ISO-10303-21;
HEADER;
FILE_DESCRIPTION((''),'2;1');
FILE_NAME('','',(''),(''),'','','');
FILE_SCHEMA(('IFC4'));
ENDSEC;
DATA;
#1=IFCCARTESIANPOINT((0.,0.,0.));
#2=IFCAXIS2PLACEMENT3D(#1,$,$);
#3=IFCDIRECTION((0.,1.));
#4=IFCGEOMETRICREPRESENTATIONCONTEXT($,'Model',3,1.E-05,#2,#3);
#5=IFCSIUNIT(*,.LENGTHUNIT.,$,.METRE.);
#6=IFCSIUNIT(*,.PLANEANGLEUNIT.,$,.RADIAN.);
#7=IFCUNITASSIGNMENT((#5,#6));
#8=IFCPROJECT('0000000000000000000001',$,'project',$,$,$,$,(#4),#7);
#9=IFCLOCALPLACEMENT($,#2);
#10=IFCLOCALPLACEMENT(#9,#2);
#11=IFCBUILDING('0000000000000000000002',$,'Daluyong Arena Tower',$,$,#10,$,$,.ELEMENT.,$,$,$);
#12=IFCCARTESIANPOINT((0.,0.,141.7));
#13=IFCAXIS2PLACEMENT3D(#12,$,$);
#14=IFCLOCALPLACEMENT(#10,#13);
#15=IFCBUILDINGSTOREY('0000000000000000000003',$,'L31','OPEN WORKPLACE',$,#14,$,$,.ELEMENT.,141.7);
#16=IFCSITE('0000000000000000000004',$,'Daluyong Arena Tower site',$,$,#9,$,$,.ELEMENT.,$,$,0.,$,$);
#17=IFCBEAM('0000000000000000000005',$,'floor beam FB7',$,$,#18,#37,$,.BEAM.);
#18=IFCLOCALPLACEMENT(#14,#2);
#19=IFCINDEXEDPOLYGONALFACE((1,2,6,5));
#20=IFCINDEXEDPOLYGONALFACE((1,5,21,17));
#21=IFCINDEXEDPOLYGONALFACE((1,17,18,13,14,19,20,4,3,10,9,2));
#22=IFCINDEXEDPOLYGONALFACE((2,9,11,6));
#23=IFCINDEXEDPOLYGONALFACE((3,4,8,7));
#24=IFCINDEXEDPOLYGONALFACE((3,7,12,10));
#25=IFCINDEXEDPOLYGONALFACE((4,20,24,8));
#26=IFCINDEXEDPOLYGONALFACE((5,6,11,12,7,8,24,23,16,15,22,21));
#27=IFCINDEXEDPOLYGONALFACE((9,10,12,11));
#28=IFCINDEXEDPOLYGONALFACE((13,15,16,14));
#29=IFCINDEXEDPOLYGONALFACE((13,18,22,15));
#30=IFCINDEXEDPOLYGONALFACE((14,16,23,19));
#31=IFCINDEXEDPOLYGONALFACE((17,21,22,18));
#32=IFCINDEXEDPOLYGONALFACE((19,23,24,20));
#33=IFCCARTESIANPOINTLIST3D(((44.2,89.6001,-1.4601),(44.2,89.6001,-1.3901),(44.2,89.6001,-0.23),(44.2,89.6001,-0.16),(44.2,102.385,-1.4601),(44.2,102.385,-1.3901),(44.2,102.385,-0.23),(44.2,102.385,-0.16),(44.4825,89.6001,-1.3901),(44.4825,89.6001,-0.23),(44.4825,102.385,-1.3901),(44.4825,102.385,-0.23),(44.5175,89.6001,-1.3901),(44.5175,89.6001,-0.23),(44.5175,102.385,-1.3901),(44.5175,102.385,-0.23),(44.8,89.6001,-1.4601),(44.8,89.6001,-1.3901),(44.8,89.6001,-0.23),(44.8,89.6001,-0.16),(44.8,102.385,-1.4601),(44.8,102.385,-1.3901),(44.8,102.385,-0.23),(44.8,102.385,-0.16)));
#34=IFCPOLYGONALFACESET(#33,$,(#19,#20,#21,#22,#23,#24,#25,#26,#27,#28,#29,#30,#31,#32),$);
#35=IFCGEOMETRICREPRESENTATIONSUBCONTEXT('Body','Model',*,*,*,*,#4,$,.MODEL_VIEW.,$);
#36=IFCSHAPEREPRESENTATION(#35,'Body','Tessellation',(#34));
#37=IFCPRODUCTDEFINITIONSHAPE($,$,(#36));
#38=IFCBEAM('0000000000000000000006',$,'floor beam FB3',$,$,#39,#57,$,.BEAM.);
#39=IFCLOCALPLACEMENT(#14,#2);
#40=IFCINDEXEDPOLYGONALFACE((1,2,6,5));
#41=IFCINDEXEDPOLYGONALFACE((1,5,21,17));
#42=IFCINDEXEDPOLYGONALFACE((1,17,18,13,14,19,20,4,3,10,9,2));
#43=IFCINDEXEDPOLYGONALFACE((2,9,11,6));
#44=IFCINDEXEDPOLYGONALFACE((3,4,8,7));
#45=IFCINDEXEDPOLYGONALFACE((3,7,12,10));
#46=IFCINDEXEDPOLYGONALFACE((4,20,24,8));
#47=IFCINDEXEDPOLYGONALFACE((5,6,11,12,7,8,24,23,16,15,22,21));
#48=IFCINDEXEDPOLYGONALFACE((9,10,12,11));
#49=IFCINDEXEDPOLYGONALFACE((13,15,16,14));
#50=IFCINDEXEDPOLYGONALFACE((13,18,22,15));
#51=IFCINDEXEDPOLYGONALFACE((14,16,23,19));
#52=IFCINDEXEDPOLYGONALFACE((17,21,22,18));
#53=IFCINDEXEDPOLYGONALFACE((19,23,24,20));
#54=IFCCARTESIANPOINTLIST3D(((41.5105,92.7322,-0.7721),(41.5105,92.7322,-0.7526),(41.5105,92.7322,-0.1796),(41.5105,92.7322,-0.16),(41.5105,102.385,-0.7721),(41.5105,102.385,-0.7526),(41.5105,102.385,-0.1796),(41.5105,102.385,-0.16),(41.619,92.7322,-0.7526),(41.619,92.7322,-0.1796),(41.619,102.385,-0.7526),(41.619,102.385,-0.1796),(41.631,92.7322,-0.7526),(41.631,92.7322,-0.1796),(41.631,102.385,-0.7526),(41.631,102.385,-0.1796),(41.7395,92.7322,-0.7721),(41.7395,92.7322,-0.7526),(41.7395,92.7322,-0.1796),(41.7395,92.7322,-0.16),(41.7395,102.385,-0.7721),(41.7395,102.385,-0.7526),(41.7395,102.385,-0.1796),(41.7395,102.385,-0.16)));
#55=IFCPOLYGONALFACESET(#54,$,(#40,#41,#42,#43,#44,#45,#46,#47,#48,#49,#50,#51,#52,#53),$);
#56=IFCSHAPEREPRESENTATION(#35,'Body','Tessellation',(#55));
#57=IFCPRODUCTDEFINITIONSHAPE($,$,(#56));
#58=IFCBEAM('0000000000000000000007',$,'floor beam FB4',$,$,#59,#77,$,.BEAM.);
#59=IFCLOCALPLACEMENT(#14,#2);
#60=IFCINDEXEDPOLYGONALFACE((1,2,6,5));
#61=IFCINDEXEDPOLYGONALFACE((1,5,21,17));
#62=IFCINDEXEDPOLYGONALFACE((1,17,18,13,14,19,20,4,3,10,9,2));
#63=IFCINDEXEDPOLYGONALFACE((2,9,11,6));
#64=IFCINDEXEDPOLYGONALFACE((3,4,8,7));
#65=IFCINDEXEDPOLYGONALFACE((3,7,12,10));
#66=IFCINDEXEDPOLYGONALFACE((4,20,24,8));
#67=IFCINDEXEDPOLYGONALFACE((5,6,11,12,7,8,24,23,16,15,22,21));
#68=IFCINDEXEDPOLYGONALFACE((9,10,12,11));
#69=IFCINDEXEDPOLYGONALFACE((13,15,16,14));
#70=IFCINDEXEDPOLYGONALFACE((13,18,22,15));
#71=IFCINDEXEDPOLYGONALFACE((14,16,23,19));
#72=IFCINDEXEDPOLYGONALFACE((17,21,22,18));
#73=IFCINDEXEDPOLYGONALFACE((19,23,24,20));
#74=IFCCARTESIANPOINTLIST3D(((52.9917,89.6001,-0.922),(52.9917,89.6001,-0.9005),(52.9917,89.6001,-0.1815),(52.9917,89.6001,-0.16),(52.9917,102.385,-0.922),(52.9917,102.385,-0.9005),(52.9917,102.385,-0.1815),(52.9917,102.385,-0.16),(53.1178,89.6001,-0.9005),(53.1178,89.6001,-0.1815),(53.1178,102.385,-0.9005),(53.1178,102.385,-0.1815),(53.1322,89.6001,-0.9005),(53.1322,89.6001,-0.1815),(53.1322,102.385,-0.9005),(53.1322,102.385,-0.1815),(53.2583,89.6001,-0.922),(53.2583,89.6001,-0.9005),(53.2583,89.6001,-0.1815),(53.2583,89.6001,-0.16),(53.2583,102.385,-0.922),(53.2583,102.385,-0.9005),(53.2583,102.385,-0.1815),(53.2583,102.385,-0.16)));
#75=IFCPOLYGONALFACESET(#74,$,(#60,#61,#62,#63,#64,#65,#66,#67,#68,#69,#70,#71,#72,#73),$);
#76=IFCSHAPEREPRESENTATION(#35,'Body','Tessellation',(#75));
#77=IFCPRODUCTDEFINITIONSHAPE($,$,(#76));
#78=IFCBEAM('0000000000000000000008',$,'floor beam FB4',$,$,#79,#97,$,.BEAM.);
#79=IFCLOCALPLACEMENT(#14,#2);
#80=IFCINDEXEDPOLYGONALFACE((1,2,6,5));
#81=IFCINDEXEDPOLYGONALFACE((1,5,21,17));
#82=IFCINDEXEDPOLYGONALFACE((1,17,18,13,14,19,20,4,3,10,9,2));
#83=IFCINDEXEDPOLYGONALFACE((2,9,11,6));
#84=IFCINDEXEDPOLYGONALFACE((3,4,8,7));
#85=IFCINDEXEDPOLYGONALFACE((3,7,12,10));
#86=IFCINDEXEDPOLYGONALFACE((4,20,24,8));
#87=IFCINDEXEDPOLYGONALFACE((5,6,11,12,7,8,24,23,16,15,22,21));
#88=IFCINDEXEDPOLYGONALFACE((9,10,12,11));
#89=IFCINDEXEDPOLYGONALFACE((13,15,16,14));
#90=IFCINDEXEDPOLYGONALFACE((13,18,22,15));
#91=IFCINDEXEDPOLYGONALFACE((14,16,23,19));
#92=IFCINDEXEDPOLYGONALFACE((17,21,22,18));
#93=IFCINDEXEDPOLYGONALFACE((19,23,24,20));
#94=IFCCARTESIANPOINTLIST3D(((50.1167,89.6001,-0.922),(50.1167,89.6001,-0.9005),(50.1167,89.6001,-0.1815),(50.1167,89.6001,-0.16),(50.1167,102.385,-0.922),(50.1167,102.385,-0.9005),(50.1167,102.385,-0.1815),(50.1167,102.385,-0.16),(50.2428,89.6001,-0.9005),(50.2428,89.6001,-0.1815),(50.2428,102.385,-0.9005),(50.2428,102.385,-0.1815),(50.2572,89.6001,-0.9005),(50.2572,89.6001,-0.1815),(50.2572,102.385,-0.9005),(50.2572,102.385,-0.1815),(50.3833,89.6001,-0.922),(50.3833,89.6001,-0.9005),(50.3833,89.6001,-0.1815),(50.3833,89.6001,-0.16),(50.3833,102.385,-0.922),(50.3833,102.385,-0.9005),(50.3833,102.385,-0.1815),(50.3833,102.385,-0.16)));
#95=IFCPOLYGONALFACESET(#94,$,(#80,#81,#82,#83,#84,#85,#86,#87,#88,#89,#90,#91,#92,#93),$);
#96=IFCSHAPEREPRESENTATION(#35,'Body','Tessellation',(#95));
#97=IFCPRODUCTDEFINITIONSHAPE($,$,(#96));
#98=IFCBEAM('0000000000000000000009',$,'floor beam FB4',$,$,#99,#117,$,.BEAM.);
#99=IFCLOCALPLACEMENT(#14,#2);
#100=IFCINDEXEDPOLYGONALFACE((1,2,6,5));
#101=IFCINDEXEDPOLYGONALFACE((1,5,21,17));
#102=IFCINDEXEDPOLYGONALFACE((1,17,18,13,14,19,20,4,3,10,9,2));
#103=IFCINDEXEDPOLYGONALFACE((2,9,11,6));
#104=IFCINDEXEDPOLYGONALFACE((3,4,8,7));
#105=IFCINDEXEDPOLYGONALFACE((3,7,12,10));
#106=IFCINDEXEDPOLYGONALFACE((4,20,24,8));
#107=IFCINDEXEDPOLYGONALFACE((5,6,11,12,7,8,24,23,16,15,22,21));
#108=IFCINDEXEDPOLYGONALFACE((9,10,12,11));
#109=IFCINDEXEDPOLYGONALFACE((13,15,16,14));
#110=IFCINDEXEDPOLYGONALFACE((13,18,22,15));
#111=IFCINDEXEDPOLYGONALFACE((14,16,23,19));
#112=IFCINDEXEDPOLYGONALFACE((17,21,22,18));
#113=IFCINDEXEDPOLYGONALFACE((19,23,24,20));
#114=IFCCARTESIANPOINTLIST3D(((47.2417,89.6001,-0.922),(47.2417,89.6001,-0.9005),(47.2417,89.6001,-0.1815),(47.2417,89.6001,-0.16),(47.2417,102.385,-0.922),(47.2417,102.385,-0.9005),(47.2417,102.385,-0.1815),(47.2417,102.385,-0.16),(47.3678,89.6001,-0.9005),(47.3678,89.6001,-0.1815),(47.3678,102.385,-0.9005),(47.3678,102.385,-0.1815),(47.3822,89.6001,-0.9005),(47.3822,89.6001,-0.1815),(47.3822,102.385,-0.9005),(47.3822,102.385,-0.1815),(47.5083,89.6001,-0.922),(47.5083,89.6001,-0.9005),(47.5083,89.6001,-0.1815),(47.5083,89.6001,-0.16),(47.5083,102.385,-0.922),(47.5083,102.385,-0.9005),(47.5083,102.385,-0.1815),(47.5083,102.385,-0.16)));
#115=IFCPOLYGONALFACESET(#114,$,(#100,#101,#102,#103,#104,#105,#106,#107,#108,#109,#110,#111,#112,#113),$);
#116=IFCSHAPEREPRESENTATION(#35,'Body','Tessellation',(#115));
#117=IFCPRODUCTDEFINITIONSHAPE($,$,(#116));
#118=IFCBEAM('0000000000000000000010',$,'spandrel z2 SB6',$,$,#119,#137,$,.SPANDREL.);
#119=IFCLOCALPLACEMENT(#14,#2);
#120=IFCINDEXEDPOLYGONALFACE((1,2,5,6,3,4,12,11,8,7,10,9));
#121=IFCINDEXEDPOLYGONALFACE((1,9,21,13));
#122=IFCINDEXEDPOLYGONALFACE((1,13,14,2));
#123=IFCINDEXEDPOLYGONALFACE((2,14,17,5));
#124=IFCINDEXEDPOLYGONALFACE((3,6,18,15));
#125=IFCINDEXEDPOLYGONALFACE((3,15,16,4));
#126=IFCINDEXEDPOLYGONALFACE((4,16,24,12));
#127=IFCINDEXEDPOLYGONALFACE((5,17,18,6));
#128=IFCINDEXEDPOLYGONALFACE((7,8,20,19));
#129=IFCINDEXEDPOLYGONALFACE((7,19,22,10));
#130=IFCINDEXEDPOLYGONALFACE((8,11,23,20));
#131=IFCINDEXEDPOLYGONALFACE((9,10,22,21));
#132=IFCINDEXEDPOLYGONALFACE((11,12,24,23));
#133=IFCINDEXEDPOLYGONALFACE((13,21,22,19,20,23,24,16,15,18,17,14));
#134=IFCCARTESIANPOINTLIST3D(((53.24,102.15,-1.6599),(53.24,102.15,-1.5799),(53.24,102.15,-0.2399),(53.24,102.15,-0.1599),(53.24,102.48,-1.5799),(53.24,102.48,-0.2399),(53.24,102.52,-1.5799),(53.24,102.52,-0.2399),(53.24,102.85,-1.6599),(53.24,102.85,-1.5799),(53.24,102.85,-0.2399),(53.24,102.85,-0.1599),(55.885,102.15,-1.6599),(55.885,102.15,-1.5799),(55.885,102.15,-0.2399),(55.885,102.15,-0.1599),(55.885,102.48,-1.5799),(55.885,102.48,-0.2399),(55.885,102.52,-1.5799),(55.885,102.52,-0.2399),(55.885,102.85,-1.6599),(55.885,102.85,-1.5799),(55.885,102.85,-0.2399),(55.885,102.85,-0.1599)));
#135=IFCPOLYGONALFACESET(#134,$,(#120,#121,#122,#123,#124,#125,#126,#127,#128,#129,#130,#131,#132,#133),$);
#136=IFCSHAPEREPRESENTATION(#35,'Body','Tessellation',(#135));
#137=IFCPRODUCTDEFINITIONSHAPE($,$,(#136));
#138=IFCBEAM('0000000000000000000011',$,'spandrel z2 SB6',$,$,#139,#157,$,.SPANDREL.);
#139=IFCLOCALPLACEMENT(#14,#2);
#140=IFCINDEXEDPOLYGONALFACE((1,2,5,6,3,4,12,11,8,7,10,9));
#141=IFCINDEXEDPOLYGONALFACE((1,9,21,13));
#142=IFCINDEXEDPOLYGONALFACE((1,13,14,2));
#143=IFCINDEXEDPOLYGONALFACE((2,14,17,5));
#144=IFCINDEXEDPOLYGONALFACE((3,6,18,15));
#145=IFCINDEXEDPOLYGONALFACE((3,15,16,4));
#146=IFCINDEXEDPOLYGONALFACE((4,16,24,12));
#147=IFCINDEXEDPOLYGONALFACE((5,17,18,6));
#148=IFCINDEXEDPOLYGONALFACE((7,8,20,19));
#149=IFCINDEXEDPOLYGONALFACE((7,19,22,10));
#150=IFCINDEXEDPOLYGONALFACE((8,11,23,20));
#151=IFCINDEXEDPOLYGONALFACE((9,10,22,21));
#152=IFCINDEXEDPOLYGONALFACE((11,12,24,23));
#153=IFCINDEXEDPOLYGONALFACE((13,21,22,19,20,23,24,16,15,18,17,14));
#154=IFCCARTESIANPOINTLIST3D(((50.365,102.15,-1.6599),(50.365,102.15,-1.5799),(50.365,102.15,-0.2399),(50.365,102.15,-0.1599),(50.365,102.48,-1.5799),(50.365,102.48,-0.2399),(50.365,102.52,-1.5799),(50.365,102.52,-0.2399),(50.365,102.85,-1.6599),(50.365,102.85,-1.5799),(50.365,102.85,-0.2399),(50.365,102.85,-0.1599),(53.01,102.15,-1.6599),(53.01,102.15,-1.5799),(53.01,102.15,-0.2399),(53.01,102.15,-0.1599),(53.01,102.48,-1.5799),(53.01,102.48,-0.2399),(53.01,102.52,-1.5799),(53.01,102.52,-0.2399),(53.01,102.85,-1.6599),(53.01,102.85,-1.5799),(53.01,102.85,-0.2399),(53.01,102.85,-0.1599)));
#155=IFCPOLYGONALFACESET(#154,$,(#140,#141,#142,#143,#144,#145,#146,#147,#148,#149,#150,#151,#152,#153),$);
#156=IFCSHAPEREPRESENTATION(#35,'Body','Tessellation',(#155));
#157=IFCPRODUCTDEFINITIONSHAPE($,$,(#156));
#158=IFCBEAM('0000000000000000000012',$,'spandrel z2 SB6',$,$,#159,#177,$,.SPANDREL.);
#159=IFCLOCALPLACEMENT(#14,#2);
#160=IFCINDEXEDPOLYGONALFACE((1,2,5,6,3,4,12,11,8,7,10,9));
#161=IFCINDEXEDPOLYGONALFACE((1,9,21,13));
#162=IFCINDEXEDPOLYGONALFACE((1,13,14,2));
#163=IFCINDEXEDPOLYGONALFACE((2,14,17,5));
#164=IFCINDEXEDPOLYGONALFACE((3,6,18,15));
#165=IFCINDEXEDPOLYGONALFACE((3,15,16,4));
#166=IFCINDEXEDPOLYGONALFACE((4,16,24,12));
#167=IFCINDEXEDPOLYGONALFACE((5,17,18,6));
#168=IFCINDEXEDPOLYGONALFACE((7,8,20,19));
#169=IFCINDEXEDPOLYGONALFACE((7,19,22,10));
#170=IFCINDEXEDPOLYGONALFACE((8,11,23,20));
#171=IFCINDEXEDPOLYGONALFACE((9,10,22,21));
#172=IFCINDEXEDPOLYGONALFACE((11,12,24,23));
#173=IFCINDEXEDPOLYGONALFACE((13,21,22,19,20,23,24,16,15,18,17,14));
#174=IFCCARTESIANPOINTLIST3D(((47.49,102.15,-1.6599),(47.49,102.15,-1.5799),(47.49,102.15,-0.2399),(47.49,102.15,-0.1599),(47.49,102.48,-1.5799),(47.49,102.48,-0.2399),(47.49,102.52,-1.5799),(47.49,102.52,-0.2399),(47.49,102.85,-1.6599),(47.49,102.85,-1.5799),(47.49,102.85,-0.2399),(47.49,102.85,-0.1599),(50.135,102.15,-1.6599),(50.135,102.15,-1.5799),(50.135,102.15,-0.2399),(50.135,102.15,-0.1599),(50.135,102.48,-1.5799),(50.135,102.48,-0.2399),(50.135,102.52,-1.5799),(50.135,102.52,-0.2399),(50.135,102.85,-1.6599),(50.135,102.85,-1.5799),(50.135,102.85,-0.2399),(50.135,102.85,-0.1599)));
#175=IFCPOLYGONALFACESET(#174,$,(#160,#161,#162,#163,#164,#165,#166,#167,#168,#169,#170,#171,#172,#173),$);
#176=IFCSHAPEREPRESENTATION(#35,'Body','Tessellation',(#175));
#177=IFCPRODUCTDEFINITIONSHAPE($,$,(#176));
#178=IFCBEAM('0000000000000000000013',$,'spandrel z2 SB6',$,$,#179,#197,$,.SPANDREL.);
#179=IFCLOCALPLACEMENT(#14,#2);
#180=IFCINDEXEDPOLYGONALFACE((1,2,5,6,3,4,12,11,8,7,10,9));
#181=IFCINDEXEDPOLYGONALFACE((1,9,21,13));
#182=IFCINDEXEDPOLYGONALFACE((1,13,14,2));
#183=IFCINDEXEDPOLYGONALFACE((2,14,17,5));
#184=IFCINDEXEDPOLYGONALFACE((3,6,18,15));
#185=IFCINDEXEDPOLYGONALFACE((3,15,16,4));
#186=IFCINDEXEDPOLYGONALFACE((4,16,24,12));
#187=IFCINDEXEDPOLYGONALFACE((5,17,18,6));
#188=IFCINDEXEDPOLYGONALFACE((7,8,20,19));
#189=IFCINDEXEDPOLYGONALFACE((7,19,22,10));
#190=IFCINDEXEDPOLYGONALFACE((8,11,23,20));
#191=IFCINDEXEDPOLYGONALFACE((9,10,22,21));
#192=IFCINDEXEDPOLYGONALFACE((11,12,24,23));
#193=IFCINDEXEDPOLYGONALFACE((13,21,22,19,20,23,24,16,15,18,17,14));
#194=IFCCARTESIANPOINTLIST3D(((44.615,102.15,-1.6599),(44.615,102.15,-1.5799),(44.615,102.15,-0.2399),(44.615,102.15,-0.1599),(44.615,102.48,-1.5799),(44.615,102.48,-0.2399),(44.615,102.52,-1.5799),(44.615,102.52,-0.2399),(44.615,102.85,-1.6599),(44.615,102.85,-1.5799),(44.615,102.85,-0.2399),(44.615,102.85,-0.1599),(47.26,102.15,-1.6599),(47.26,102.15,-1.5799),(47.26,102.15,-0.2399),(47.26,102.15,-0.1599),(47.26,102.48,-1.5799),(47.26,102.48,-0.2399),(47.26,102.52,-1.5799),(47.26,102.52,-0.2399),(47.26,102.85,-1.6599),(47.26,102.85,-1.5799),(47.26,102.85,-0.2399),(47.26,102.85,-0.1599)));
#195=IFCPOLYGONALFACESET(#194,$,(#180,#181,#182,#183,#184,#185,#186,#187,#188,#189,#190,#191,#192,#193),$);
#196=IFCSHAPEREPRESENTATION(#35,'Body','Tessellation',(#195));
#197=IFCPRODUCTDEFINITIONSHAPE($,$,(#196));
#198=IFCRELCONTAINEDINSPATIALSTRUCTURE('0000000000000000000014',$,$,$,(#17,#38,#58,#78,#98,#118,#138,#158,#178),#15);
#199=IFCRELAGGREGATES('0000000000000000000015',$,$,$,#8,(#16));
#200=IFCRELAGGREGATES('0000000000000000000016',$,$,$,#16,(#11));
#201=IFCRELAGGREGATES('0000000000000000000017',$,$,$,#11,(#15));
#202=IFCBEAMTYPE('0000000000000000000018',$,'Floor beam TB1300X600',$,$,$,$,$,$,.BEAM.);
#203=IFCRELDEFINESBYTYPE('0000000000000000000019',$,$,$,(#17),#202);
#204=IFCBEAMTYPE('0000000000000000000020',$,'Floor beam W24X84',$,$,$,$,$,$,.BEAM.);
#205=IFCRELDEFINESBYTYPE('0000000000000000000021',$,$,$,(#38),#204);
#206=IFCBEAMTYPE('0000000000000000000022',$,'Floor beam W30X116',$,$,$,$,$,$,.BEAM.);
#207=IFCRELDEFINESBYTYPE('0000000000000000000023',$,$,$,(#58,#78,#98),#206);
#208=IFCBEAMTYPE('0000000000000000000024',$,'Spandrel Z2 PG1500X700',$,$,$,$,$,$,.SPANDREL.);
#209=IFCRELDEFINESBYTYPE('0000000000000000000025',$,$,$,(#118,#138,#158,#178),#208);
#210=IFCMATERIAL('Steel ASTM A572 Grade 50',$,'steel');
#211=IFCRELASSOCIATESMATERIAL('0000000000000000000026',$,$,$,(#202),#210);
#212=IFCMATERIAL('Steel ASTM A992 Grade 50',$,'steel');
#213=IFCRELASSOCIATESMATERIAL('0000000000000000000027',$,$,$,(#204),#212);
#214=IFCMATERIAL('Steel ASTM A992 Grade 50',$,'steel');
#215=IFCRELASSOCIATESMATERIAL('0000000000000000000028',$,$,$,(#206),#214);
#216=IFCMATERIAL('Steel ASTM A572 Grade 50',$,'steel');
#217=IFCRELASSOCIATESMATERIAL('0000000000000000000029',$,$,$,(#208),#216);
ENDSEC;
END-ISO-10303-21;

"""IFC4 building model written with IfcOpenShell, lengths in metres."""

from ifc_helpers import new_model, si_unit, direction, frame, origin, origin_2d, place, context, subcontext, project, spatial, i_section, extrude, material, material_profile, profile_set, type_object, element, save


model = new_model("IFC4")

# Units and contexts
model_context = context("Model", 3, precision=1e-05, world=origin(), true_north=direction((0.0, 1.0)))
body_context = subcontext(model_context, "Body", "Model", "MODEL_VIEW")
ifc_project = project(units=[si_unit("LENGTHUNIT", "METRE"), si_unit("PLANEANGLEUNIT", "RADIAN")], contexts=[model_context])

# Site, building, storey
site_placement = place(None, origin())
site = spatial("IfcSite", under=ifc_project, at=site_placement, Name="Daluyong Arena Tower site", CompositionType="ELEMENT", RefElevation=0.0)
building_placement = place(site_placement, origin())
building = spatial("IfcBuilding", under=site, at=building_placement, Name="Daluyong Arena Tower", CompositionType="ELEMENT")
storey_placement = place(building_placement, frame((0.0, 0.0, 141.7)))
storey = spatial("IfcBuildingStorey", under=building, at=storey_placement, Name="L31", Description="OPEN WORKPLACE", CompositionType="ELEMENT", Elevation=141.7)

# Beams
ifc_material_1 = material(Name="Steel ASTM A572 Grade 50", Category="steel")
ifc_material_profile_1 = material_profile(ifc_material_1, i_section(OverallWidth=0.6001, OverallDepth=1.3, WebThickness=0.035, FlangeThickness=0.07, at=origin_2d()))
ifc_profile_set_1 = profile_set([ifc_material_profile_1], Name="Steel ASTM A572 Grade 50")
beam_type_1 = type_object("IfcBeamType", Name="Floor beam TB1300X600", PredefinedType="BEAM", material=ifc_profile_set_1)
beam_1_placement = place(storey_placement, frame((44.5, 102.385, -0.8101), z_axis=(0.0, -1.0, 0.0), x_axis=(1.0, 0.0, 0.0)))
element("IfcBeam", 1, at=beam_1_placement, inside=storey, type_object=beam_type_1, Name="floor beam FB7", PredefinedType="BEAM", context=body_context, shape_type="SweptSolid", body=[
    extrude(i_section(OverallWidth=0.6001, OverallDepth=1.3, WebThickness=0.035, FlangeThickness=0.07, at=origin_2d()), origin(), (0.0, 0.0, 1.0), 12.7849),
])
ifc_material_2 = material(Name="Steel ASTM A992 Grade 50", Category="steel")
ifc_material_profile_2 = material_profile(ifc_material_2, i_section(OverallWidth=0.229, OverallDepth=0.6121, WebThickness=0.012, FlangeThickness=0.0195, at=origin_2d()))
ifc_profile_set_2 = profile_set([ifc_material_profile_2], Name="Steel ASTM A992 Grade 50")
beam_type_2 = type_object("IfcBeamType", Name="Floor beam W24X84", PredefinedType="BEAM", material=ifc_profile_set_2)
beam_2_placement = place(storey_placement, frame((41.625, 102.385, -0.4661), z_axis=(0.0, -1.0, 0.0), x_axis=(1.0, 0.0, 0.0)))
element("IfcBeam", 2, at=beam_2_placement, inside=storey, type_object=beam_type_2, Name="floor beam FB3", PredefinedType="BEAM", context=body_context, shape_type="SweptSolid", body=[
    extrude(i_section(OverallWidth=0.229, OverallDepth=0.6121, WebThickness=0.012, FlangeThickness=0.0195, at=origin_2d()), origin(), (0.0, 0.0, 1.0), 9.6528),
])
ifc_material_3 = material(Name="Steel ASTM A992 Grade 50", Category="steel")
ifc_material_profile_3 = material_profile(ifc_material_3, i_section(OverallWidth=0.2666, OverallDepth=0.762, WebThickness=0.0144, FlangeThickness=0.0215, at=origin_2d()))
ifc_profile_set_3 = profile_set([ifc_material_profile_3], Name="Steel ASTM A992 Grade 50")
beam_type_3 = type_object("IfcBeamType", Name="Floor beam W30X116", PredefinedType="BEAM", material=ifc_profile_set_3)
for number, where, z_axis, x_axis, name in (
    (3, (53.125, 102.385, -0.541), (0.0, -1.0, 0.0), (1.0, 0.0, 0.0), "floor beam FB4"),
    (4, (50.25, 102.385, -0.541), (0.0, -1.0, 0.0), (1.0, 0.0, 0.0), "floor beam FB4"),
    (5, (47.375, 102.385, -0.541), (0.0, -1.0, 0.0), (1.0, 0.0, 0.0), "floor beam FB4"),
):
    element("IfcBeam", number, at=place(storey_placement, frame(where, z_axis=z_axis, x_axis=x_axis)), inside=storey, type_object=beam_type_3, Name=name, PredefinedType="BEAM", context=body_context, shape_type="SweptSolid", body=[
        extrude(i_section(OverallWidth=0.2666, OverallDepth=0.762, WebThickness=0.0144, FlangeThickness=0.0215, at=origin_2d()), origin(), (0.0, 0.0, 1.0), 12.7849),
    ])
ifc_material_4 = material(Name="Steel ASTM A572 Grade 50", Category="steel")
ifc_material_profile_4 = material_profile(ifc_material_4, i_section(OverallWidth=0.7, OverallDepth=1.5, WebThickness=0.04, FlangeThickness=0.08, at=origin_2d()))
ifc_profile_set_4 = profile_set([ifc_material_profile_4], Name="Steel ASTM A572 Grade 50")
beam_type_4 = type_object("IfcBeamType", Name="Spandrel Z2 PG1500X700", PredefinedType="SPANDREL", material=ifc_profile_set_4)
for number, where, z_axis, x_axis, name in (
    (6, (55.885, 102.5, -0.9099), (-1.0, 0.0, 0.0), (0.0, -1.0, 0.0), "spandrel z2 SB6"),
    (7, (53.01, 102.5, -0.9099), (-1.0, 0.0, 0.0), (0.0, -1.0, 0.0), "spandrel z2 SB6"),
    (8, (50.135, 102.5, -0.9099), (-1.0, 0.0, 0.0), (0.0, -1.0, 0.0), "spandrel z2 SB6"),
    (9, (47.26, 102.5, -0.9099), (-1.0, 0.0, 0.0), (0.0, -1.0, 0.0), "spandrel z2 SB6"),
):
    element("IfcBeam", number, at=place(storey_placement, frame(where, z_axis=z_axis, x_axis=x_axis)), inside=storey, type_object=beam_type_4, Name=name, PredefinedType="SPANDREL", context=body_context, shape_type="SweptSolid", body=[
        extrude(i_section(OverallWidth=0.7, OverallDepth=1.5, WebThickness=0.04, FlangeThickness=0.08, at=origin_2d()), origin(), (0.0, 0.0, 1.0), 2.645),
    ])

save(model, "model.ifc")
